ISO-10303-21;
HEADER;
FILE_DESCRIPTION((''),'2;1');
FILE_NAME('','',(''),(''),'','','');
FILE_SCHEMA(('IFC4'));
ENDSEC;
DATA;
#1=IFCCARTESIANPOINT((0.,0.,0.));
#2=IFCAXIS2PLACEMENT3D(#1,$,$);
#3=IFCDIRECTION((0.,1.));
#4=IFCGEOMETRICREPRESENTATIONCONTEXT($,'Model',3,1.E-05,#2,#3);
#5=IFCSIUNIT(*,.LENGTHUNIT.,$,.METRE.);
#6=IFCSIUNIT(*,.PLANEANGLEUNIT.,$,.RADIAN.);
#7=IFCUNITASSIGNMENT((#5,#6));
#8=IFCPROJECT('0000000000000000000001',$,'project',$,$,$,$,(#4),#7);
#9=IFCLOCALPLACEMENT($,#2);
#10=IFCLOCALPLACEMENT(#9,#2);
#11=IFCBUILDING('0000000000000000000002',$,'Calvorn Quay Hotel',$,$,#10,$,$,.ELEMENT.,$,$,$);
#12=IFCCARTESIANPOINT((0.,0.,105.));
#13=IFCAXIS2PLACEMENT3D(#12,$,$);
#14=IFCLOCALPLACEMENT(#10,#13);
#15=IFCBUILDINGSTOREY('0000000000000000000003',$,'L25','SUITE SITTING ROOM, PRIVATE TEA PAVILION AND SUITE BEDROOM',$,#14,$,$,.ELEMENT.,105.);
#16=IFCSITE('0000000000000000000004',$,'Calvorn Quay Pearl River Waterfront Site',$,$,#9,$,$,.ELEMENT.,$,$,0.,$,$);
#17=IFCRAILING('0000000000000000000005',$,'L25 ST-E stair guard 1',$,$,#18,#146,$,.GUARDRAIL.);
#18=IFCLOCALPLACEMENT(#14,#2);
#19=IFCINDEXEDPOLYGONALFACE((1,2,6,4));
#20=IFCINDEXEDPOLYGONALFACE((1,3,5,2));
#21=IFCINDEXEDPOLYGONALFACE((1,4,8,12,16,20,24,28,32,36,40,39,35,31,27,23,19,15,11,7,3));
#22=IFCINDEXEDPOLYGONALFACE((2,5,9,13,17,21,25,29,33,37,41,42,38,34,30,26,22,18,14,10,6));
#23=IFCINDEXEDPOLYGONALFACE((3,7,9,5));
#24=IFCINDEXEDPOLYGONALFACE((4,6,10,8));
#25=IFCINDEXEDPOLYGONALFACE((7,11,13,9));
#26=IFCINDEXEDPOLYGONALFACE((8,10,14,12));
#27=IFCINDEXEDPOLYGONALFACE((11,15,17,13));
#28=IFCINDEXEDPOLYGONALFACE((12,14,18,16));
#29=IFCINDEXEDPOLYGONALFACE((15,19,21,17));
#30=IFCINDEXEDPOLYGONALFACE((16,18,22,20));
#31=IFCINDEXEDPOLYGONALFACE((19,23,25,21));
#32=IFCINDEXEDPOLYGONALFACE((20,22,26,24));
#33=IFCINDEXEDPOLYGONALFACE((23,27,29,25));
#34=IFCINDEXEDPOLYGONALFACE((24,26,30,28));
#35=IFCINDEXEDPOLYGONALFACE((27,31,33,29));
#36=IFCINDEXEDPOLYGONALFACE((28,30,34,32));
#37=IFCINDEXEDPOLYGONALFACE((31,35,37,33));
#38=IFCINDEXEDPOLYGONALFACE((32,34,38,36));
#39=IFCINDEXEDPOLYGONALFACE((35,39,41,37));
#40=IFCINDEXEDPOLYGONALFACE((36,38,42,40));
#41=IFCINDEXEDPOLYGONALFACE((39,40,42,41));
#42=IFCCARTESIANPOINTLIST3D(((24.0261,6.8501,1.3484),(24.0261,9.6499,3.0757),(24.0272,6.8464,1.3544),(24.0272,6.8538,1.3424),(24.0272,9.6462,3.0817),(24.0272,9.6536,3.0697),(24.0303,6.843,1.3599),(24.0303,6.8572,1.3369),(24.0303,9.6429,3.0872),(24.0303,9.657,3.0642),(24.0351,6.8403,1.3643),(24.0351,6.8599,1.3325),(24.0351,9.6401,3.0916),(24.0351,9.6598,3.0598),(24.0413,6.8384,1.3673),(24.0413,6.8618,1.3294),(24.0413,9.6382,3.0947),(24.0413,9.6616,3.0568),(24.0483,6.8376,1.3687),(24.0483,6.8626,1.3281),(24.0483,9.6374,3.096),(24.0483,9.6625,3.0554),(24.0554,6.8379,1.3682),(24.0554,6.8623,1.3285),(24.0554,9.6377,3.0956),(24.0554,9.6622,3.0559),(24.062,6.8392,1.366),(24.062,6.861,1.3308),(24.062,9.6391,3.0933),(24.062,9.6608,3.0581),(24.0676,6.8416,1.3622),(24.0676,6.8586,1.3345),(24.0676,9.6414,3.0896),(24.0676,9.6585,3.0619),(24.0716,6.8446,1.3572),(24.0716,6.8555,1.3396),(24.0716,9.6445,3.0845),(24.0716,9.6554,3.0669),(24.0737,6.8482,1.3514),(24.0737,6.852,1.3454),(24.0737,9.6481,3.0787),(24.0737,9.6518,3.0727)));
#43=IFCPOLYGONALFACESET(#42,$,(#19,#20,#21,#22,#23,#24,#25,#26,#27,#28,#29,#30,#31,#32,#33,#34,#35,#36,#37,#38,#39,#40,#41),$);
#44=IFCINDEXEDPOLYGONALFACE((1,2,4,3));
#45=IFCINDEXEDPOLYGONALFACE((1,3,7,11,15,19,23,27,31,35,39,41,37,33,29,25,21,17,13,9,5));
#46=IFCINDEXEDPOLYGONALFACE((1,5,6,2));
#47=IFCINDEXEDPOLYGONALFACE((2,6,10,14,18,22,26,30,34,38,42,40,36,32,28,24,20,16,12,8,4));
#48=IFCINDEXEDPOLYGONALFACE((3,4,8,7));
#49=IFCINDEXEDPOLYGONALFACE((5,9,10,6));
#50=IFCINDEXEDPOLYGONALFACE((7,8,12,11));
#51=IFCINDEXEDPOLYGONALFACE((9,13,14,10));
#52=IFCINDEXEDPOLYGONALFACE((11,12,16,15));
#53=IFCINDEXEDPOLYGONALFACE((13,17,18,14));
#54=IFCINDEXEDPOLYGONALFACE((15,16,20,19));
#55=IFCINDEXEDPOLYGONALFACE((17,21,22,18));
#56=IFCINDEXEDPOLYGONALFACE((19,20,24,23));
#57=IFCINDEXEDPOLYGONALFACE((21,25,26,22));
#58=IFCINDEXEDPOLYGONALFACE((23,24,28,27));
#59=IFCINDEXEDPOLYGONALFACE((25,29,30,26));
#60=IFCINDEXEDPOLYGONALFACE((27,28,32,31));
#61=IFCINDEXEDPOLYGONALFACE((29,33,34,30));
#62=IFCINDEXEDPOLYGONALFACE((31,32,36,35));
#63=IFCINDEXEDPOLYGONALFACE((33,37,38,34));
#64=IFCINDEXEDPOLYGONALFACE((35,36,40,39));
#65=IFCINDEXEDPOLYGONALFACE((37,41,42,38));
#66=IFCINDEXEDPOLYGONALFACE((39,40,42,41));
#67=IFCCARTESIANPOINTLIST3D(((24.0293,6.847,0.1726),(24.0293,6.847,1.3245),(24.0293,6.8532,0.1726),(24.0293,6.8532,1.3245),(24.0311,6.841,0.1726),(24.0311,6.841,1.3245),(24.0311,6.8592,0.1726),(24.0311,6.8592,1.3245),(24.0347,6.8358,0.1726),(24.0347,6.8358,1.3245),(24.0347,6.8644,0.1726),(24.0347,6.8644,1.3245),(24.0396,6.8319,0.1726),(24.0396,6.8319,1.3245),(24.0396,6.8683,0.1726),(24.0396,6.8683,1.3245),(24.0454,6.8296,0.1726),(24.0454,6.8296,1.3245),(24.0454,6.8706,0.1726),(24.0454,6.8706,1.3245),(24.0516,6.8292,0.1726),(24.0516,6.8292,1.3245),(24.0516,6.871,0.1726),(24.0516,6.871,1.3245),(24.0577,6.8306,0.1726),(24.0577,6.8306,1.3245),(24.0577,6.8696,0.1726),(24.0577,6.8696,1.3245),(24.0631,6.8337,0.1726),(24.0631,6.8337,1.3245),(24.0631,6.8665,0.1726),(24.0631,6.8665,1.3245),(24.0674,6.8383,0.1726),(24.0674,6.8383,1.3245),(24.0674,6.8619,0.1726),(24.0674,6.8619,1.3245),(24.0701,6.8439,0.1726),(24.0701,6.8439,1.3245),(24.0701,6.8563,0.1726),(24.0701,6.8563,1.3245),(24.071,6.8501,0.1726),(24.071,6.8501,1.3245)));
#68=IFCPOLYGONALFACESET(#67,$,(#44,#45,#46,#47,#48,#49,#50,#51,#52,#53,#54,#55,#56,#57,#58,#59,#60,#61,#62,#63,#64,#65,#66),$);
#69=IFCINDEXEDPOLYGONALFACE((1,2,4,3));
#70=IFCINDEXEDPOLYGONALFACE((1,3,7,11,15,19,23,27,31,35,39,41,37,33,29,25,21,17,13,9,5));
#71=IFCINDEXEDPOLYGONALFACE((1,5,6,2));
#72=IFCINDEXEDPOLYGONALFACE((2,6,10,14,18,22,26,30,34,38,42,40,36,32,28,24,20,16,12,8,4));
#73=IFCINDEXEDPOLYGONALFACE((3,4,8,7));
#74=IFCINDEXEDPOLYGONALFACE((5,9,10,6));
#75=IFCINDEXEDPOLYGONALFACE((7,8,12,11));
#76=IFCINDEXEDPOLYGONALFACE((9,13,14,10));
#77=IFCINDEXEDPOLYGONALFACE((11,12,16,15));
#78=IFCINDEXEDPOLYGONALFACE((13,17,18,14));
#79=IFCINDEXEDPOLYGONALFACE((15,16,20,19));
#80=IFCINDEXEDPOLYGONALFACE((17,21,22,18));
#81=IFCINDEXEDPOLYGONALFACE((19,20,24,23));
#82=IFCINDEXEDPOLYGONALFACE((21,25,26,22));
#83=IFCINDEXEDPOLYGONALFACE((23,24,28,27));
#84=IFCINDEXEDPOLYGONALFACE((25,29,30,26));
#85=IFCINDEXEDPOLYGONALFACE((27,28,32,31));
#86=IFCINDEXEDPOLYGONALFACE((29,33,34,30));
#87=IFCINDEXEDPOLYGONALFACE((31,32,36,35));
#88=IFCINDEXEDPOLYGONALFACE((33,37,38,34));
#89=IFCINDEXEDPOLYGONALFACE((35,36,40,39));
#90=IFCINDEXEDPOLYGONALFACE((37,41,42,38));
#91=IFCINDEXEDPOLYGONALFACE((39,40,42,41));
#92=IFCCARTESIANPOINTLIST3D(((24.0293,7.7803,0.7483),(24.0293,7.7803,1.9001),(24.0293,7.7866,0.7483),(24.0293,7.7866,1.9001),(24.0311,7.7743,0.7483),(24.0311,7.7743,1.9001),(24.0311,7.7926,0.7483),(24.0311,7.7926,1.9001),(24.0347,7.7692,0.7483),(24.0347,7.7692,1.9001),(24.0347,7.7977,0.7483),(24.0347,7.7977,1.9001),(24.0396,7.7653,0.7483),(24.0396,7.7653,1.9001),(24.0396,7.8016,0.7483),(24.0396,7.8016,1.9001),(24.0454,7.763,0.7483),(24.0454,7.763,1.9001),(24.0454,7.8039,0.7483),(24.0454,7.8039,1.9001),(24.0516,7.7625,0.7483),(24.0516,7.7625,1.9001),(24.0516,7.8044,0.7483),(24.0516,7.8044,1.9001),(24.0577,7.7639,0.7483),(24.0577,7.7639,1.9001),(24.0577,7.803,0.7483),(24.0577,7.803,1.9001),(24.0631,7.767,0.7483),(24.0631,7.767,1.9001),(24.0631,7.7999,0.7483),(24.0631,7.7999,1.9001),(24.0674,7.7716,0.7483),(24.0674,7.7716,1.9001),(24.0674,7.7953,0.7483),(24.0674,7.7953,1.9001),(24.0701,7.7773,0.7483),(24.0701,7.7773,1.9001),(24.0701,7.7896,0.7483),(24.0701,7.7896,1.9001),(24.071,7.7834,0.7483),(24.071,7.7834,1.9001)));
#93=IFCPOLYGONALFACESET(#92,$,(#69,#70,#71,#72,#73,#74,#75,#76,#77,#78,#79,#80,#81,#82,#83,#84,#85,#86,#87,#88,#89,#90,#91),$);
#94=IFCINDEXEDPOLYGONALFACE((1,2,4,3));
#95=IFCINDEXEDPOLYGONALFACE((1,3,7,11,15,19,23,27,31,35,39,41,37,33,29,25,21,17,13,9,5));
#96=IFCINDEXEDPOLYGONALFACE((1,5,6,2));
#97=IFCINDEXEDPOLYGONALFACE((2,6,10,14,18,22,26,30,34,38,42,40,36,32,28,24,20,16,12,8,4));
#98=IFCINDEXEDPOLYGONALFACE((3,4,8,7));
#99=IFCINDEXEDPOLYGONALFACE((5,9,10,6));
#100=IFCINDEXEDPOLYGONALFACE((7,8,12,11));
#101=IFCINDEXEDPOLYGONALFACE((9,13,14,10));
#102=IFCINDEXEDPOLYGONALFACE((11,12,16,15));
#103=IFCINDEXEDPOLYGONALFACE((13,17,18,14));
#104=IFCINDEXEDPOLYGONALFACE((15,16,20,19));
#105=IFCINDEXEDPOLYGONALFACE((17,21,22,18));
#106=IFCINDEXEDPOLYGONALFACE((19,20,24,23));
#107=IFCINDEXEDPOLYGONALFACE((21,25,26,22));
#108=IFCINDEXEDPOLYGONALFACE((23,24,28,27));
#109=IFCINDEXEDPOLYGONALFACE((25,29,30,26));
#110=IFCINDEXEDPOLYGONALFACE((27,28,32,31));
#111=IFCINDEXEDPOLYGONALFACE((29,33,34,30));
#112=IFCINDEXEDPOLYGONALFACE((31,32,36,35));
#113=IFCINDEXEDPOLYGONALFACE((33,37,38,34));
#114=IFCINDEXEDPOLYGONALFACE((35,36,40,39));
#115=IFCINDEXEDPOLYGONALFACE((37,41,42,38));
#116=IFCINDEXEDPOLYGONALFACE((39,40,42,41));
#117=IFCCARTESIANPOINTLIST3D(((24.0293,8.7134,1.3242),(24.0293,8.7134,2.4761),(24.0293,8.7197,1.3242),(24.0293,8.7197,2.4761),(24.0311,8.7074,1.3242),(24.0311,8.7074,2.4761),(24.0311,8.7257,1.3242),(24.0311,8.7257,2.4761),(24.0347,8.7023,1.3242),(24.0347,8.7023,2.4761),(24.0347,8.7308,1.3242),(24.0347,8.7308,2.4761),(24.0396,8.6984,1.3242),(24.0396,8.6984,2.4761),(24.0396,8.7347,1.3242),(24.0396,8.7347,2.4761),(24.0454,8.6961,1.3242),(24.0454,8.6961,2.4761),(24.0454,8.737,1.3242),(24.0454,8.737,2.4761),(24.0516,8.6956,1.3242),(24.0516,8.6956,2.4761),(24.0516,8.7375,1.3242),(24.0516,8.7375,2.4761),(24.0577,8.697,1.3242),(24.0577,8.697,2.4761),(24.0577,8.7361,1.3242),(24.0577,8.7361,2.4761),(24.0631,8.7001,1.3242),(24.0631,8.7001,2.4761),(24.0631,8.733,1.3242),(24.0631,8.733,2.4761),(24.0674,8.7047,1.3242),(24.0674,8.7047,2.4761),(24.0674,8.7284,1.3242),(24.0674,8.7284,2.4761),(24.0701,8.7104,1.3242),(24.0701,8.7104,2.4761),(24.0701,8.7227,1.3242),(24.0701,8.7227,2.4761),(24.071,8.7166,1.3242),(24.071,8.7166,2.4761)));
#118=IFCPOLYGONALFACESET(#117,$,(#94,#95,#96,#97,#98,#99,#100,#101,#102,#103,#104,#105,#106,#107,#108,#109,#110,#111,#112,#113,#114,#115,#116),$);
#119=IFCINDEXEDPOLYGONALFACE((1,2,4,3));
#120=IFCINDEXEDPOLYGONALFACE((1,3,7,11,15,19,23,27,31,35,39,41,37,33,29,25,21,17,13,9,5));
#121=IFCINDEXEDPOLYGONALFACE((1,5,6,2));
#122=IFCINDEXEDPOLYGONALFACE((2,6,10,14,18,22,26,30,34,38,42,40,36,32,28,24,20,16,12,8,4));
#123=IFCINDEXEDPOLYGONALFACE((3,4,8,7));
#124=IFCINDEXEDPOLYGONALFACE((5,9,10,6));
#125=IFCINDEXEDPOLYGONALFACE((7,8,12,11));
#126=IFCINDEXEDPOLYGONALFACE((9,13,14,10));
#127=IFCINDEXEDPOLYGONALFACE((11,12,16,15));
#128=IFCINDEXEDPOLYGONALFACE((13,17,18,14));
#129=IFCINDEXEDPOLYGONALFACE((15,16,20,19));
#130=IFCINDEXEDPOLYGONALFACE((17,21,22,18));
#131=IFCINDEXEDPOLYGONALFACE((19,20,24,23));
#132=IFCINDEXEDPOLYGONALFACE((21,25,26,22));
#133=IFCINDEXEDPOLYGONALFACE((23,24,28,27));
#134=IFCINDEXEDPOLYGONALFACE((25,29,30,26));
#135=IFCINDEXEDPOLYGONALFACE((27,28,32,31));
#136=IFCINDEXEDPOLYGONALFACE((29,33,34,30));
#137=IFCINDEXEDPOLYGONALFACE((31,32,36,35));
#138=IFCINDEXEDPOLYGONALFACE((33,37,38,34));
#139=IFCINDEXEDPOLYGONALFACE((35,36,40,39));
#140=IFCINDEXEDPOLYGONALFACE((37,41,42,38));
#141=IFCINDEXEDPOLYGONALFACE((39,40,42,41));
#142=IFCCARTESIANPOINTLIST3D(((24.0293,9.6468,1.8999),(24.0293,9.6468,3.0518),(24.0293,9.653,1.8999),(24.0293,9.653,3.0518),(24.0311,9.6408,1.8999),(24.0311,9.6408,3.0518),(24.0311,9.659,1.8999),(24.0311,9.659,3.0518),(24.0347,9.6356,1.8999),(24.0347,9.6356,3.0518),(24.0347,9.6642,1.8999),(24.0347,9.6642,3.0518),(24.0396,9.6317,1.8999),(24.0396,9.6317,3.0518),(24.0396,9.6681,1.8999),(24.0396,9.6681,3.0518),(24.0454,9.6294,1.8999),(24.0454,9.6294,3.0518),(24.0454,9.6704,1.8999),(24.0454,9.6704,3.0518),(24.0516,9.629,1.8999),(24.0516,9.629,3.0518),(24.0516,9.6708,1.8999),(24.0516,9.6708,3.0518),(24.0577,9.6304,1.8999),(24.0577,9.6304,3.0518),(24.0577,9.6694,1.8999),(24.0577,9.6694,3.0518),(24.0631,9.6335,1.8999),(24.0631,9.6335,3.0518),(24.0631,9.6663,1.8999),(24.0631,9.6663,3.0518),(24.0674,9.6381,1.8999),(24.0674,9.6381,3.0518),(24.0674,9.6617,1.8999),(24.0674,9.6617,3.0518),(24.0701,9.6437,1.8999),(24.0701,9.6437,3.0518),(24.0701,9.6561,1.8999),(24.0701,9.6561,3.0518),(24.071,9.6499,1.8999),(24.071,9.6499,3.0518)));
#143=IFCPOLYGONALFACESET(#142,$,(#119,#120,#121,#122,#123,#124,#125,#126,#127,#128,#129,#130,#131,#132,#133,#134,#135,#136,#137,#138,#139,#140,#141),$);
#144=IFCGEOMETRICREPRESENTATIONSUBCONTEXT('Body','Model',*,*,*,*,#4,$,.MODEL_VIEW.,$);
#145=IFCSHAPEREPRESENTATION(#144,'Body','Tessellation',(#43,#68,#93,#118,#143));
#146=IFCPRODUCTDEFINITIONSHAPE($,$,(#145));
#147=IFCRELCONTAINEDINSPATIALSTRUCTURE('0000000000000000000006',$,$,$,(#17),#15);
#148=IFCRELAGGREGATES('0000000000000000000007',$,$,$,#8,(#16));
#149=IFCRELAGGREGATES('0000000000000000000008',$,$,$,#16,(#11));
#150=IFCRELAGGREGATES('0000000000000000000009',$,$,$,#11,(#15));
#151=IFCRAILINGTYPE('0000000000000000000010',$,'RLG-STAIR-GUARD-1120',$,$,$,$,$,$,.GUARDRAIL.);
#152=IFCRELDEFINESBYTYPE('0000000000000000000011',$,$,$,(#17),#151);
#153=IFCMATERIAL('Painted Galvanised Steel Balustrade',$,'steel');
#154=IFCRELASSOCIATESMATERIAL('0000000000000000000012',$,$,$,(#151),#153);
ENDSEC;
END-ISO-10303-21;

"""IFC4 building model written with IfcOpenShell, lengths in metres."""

from ifc_helpers import new_model, si_unit, direction, frame, origin, origin_2d, place, context, subcontext, project, spatial, circle, extrude, material, type_object, element, save


model = new_model("IFC4")

# Units and contexts
model_context = context("Model", 3, precision=1e-05, world=origin(), true_north=direction((0.0, 1.0)))
body_context = subcontext(model_context, "Body", "Model", "MODEL_VIEW")
ifc_project = project(units=[si_unit("LENGTHUNIT", "METRE"), si_unit("PLANEANGLEUNIT", "RADIAN")], contexts=[model_context])

# Site, building, storey
site_placement = place(None, origin())
site = spatial("IfcSite", under=ifc_project, at=site_placement, Name="Calvorn Quay Pearl River Waterfront Site", CompositionType="ELEMENT", RefElevation=0.0)
building_placement = place(site_placement, origin())
building = spatial("IfcBuilding", under=site, at=building_placement, Name="Calvorn Quay Hotel", CompositionType="ELEMENT")
storey_placement = place(building_placement, frame((0.0, 0.0, 105.0)))
storey = spatial("IfcBuildingStorey", under=building, at=storey_placement, Name="L25", Description="SUITE SITTING ROOM, PRIVATE TEA PAVILION AND SUITE BEDROOM", CompositionType="ELEMENT", Elevation=105.0)

# Railing
ifc_material_1 = material(Name="Painted Galvanised Steel Balustrade", Category="steel")
railing_type_1 = type_object("IfcRailingType", Name="RLG-STAIR-GUARD-1120", PredefinedType="GUARDRAIL", material=ifc_material_1)
railing_1_placement = place(storey_placement, frame((24.05, 6.8501, 0.1726)))
element("IfcRailing", 1, at=railing_1_placement, inside=storey, type_object=railing_type_1, Name="L25 ST-E stair guard 1", PredefinedType="GUARDRAIL", context=body_context, shape_type="SweptSolid", body=[
    extrude(circle(Radius=0.0239, at=origin_2d()), frame((0.0, 0.0, 1.1758), z_axis=(0.0, 0.851069, 0.525054), x_axis=(-1.0, 0.0, 0.0)), (0.0, 0.0, 1.0), 3.2898),
    extrude(circle(Radius=0.021, at=origin_2d()), origin(), (0.0, 0.0, 1.0), 1.1519),
    extrude(circle(Radius=0.021, at=origin_2d()), frame((0.0, 0.9333, 0.5757)), (0.0, 0.0, 1.0), 1.1519),
    extrude(circle(Radius=0.021, at=origin_2d()), frame((0.0, 1.8665, 1.1516)), (0.0, 0.0, 1.0), 1.1519),
    extrude(circle(Radius=0.021, at=origin_2d()), frame((0.0, 2.7998, 1.7273)), (0.0, 0.0, 1.0), 1.1519),
])

save(model, "model.ifc")
